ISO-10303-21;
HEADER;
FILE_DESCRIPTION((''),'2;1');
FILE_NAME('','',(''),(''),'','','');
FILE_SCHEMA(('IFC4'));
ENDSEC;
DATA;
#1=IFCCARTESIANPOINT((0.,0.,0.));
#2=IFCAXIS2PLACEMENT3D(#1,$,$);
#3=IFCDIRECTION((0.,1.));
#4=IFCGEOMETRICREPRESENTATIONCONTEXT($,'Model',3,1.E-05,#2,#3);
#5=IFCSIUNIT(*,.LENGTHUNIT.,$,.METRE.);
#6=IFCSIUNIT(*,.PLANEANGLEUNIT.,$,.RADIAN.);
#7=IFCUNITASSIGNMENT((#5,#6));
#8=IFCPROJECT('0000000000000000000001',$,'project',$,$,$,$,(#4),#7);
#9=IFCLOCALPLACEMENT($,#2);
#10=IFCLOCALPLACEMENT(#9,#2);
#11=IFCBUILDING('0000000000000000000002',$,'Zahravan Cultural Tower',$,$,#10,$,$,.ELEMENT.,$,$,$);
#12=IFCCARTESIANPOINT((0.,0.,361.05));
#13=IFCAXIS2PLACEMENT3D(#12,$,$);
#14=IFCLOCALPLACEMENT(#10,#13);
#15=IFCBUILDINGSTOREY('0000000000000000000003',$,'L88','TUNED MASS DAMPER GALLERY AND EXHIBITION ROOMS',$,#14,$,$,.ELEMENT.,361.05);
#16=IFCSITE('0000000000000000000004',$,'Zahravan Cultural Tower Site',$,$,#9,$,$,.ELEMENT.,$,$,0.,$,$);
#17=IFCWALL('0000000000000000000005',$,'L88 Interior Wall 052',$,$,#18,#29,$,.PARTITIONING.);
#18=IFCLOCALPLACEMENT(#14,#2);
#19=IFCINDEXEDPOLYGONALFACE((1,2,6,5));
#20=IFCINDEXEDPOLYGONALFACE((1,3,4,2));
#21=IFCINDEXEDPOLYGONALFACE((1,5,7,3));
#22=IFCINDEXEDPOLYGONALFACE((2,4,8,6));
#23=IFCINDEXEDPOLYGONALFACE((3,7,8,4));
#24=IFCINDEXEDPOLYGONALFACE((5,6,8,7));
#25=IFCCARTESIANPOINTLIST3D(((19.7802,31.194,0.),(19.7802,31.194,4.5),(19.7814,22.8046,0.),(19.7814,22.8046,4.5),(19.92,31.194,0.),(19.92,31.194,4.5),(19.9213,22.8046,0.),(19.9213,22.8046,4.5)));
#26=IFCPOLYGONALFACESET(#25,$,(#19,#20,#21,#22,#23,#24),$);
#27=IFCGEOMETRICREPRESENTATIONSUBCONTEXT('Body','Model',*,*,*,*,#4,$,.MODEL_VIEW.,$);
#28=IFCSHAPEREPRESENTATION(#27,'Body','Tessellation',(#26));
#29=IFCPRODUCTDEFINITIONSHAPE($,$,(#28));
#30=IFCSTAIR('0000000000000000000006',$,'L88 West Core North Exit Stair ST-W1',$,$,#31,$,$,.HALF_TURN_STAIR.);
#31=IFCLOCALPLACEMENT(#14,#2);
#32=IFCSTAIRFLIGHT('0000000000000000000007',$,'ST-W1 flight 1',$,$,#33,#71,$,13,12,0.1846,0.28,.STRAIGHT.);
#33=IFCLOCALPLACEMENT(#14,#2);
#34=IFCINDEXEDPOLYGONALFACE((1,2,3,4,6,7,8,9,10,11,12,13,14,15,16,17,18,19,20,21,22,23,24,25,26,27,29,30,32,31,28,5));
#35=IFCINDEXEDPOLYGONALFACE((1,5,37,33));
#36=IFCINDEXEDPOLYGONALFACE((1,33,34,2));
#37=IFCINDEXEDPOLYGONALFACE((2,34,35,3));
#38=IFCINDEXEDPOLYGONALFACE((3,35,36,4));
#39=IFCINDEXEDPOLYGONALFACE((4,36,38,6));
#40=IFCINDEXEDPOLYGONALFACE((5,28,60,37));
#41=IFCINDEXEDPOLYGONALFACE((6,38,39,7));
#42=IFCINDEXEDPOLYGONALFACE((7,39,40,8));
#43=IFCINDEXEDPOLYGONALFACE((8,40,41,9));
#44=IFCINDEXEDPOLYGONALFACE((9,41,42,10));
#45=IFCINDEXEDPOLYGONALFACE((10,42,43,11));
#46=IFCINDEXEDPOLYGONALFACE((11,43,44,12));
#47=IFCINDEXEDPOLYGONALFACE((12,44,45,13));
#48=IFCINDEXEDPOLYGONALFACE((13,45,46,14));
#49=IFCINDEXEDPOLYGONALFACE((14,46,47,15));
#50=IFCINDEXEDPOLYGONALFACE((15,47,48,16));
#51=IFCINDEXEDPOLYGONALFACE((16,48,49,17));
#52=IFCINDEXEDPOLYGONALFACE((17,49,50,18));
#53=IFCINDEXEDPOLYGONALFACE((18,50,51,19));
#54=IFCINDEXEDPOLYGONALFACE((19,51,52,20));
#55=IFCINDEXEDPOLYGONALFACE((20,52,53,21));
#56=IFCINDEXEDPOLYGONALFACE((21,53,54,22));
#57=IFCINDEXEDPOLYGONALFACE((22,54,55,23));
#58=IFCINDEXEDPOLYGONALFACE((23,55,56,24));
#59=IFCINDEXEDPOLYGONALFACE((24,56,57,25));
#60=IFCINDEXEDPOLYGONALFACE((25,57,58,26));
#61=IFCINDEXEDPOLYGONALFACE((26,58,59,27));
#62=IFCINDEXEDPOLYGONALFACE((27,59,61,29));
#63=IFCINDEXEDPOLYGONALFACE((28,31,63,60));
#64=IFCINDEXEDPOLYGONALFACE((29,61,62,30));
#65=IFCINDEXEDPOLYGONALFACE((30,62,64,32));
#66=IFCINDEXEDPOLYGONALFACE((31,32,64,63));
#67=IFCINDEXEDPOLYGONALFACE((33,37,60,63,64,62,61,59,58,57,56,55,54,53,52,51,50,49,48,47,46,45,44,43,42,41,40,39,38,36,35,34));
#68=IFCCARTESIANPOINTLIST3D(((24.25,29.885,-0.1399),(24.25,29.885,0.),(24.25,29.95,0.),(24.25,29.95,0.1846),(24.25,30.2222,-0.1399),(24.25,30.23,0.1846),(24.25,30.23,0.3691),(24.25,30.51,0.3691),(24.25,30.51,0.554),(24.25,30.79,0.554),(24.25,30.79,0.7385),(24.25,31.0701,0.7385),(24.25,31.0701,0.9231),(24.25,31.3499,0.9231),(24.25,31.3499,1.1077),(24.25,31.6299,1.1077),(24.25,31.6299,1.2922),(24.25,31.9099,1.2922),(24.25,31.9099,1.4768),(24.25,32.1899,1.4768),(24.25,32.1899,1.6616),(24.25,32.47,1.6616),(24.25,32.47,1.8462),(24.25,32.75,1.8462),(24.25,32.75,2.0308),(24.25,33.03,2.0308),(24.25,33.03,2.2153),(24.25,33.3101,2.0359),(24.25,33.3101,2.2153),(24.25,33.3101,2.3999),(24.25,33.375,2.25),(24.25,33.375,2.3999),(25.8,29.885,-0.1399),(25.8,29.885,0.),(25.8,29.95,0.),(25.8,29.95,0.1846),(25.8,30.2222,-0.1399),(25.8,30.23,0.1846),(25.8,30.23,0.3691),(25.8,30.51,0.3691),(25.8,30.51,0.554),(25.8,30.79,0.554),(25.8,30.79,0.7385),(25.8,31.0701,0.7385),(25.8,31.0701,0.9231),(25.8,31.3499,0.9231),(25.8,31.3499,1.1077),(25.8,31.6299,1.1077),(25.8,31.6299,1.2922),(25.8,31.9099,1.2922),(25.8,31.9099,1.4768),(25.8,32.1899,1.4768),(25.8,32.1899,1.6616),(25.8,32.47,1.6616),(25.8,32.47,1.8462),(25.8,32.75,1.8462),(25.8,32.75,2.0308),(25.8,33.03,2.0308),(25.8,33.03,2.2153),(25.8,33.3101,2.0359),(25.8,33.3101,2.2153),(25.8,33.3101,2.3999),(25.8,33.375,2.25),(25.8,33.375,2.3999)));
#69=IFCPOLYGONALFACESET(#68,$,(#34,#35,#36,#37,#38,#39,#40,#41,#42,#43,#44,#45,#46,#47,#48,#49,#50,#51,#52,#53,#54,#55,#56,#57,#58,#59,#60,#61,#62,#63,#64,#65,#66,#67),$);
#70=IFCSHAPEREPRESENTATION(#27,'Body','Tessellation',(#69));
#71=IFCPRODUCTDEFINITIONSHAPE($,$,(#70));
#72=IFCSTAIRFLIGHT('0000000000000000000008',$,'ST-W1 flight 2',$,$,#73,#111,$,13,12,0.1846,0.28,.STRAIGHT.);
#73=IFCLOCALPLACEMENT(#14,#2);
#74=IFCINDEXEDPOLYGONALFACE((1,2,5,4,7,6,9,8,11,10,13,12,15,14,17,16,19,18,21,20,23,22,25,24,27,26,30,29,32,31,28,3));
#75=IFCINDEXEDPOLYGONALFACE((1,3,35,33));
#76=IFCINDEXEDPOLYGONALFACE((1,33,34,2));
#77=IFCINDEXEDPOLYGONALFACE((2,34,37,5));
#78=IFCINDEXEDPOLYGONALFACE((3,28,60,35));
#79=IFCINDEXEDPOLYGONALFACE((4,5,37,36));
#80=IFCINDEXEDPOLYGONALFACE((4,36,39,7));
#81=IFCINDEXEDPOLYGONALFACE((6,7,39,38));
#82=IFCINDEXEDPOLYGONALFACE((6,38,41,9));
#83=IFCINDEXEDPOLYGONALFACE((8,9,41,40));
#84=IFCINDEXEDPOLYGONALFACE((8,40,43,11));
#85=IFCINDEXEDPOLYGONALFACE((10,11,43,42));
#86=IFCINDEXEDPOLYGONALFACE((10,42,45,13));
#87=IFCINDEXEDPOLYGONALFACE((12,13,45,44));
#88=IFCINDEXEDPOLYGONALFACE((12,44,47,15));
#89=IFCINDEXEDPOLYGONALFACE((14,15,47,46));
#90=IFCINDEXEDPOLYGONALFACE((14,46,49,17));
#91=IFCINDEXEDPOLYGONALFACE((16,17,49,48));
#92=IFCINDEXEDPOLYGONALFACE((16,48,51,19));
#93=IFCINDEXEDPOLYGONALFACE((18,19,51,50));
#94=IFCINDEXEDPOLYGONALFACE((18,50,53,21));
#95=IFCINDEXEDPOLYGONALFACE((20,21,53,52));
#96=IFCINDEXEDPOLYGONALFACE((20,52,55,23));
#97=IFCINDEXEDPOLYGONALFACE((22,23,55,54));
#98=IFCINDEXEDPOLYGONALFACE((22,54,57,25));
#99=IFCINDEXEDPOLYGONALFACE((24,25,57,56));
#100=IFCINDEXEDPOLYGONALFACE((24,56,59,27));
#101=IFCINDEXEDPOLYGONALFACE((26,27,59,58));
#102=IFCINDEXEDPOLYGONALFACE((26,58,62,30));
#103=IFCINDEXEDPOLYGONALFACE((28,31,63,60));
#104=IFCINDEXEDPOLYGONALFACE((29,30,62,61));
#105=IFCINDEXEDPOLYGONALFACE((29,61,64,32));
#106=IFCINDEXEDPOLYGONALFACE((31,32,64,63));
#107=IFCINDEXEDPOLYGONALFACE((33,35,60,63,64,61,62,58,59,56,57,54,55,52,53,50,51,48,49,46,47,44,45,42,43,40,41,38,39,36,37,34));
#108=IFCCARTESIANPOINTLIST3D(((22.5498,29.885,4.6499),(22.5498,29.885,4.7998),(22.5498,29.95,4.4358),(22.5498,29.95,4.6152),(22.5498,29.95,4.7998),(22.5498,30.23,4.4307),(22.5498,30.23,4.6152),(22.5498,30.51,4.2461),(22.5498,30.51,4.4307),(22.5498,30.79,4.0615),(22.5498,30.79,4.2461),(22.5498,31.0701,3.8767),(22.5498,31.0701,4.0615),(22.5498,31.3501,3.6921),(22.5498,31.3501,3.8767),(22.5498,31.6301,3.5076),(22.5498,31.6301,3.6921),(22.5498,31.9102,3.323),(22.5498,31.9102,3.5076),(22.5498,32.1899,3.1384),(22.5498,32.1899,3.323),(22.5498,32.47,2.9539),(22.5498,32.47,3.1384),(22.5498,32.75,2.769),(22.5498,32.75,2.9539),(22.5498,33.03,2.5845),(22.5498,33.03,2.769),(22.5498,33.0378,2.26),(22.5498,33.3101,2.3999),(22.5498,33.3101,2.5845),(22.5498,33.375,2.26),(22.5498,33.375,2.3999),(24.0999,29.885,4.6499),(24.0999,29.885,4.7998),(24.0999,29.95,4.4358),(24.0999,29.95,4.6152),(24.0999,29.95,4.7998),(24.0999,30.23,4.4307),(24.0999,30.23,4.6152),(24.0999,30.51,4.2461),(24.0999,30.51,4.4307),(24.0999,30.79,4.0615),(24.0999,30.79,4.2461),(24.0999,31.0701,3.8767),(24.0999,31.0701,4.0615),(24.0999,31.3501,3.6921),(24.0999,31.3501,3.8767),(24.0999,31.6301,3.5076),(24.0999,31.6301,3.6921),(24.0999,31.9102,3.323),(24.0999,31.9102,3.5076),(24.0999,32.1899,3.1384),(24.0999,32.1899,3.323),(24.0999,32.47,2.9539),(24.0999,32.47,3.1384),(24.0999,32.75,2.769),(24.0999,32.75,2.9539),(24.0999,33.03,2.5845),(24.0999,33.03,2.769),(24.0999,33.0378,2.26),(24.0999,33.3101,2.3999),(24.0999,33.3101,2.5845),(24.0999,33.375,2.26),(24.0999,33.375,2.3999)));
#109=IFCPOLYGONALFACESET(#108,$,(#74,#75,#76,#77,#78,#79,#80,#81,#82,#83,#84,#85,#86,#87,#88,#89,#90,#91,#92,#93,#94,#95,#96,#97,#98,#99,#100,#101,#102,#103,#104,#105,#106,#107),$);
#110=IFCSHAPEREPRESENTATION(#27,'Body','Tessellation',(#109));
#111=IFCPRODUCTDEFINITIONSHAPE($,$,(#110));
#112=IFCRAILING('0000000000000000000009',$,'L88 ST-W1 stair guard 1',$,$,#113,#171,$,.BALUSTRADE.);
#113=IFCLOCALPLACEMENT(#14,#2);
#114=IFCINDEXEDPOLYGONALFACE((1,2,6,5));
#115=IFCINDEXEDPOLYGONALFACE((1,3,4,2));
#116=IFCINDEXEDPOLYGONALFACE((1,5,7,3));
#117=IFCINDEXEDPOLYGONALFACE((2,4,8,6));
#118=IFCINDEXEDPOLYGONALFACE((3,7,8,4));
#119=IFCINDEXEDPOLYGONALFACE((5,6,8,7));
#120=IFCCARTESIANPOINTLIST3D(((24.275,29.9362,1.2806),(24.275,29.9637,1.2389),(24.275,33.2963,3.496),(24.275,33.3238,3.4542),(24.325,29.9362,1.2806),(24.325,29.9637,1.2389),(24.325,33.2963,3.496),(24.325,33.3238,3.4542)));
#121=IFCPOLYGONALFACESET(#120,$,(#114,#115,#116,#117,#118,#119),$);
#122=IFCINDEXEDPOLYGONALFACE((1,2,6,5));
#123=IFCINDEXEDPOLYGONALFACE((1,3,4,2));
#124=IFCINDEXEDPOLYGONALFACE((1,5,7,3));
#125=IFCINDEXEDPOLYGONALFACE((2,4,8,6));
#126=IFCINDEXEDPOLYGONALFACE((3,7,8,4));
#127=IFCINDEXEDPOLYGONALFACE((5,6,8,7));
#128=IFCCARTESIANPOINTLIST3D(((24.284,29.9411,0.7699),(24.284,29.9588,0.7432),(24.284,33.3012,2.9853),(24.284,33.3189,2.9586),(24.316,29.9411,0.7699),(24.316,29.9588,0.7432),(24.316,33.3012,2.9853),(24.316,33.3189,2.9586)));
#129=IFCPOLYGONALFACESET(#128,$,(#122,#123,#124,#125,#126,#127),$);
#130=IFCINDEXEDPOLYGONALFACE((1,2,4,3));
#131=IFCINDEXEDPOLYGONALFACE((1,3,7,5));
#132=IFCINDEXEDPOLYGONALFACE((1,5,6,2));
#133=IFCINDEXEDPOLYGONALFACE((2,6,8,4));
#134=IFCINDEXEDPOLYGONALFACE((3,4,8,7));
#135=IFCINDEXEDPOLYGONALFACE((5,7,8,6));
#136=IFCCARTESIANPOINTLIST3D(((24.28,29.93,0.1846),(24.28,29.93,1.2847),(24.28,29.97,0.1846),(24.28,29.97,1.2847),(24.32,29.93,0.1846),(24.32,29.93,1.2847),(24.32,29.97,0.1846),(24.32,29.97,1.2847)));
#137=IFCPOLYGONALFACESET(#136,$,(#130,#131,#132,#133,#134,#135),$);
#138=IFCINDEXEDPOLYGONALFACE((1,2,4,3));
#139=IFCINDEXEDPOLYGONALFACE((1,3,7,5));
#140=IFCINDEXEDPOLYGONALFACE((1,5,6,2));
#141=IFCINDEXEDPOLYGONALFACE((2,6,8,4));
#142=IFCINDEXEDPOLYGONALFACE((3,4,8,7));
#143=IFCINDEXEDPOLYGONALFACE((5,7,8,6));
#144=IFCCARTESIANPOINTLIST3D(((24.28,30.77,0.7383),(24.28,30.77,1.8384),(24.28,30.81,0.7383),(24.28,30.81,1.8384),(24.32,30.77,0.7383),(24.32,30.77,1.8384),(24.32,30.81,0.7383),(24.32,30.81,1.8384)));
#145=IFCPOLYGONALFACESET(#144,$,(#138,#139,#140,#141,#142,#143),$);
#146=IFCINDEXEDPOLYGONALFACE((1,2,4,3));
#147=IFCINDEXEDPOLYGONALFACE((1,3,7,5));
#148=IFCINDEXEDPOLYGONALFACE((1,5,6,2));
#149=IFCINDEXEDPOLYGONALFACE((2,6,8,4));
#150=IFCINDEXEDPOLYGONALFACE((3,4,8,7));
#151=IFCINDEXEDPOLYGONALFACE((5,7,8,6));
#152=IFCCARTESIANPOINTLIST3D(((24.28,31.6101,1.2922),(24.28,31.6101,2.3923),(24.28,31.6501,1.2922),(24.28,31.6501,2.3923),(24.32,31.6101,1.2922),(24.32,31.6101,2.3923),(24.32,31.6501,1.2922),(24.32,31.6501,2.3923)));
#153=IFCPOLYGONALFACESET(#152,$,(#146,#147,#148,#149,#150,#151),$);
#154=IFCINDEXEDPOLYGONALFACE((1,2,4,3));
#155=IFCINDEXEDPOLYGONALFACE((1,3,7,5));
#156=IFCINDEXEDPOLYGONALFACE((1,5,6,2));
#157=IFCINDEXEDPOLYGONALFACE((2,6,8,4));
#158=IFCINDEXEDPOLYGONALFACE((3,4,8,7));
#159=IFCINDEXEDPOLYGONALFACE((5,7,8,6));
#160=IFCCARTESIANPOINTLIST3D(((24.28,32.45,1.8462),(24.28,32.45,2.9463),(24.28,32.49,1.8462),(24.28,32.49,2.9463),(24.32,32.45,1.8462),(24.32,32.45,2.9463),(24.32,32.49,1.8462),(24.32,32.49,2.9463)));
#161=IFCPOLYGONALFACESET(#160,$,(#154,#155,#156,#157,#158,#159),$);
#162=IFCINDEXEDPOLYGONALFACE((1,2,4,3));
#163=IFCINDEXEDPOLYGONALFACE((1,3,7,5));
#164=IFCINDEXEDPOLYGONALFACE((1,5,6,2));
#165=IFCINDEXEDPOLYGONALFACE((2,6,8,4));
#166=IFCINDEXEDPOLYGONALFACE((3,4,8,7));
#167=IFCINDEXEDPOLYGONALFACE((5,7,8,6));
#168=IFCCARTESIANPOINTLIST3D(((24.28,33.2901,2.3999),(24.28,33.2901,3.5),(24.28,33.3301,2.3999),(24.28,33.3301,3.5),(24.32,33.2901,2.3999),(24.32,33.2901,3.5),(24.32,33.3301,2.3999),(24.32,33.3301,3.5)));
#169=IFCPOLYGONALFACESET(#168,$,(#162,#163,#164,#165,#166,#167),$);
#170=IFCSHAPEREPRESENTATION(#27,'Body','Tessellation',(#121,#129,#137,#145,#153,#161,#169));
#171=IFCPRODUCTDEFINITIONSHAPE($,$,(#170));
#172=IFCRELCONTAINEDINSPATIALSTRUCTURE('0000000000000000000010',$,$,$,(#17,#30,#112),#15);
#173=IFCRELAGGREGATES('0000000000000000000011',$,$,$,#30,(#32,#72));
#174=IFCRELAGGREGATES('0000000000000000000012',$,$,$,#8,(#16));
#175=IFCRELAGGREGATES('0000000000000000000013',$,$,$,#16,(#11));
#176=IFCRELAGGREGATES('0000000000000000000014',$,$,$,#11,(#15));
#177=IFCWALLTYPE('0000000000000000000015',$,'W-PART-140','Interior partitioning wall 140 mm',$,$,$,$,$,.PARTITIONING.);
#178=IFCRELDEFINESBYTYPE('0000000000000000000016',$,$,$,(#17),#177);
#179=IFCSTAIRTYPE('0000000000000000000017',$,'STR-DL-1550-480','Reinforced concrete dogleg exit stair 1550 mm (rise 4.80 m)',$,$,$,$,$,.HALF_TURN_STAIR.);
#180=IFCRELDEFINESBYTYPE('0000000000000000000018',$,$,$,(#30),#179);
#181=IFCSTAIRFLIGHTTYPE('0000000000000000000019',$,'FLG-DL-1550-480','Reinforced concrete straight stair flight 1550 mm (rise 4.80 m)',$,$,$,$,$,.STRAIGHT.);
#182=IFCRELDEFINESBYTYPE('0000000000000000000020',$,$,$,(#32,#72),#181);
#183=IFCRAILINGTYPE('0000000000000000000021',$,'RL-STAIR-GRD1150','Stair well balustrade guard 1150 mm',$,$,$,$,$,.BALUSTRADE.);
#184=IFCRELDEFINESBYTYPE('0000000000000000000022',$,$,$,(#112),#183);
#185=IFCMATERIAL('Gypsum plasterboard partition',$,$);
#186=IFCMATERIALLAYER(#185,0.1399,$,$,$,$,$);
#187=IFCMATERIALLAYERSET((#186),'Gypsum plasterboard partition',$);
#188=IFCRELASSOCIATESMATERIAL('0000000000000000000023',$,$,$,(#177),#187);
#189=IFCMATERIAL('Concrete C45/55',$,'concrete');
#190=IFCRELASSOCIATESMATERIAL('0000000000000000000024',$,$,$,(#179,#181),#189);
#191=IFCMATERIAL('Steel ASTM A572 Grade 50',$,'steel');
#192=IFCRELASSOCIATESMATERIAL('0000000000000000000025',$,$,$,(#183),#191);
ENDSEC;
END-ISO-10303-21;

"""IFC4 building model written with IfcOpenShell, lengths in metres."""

from ifc_helpers import new_model, si_unit, direction, frame, frame_2d, origin, origin_2d, place, context, subcontext, project, spatial, polyline, rectangle, outline, extrude, source, transform, mapped, material, layer, layer_set, type_object, element, aggregate, save


model = new_model("IFC4")

# Units and contexts
model_context = context("Model", 3, precision=1e-05, world=origin(), true_north=direction((0.0, 1.0)))
body_context = subcontext(model_context, "Body", "Model", "MODEL_VIEW")
ifc_project = project(units=[si_unit("LENGTHUNIT", "METRE"), si_unit("PLANEANGLEUNIT", "RADIAN")], contexts=[model_context])

# Site, building, storey
site_placement = place(None, origin())
site = spatial("IfcSite", under=ifc_project, at=site_placement, Name="Zahravan Cultural Tower Site", CompositionType="ELEMENT", RefElevation=0.0)
building_placement = place(site_placement, origin())
building = spatial("IfcBuilding", under=site, at=building_placement, Name="Zahravan Cultural Tower", CompositionType="ELEMENT")
storey_placement = place(building_placement, frame((0.0, 0.0, 361.05)))
storey = spatial("IfcBuildingStorey", under=building, at=storey_placement, Name="L88", Description="TUNED MASS DAMPER GALLERY AND EXHIBITION ROOMS", CompositionType="ELEMENT", Elevation=361.05)

# Shared definitions
ifc_material_1 = material(Name="Concrete C45/55", Category="concrete")
ifc_material_2 = material(Name="Steel ASTM A572 Grade 50", Category="steel")

# Wall
ifc_material_3 = material(Name="Gypsum plasterboard partition")
ifc_layer_1 = layer(ifc_material_3, 0.1399)
ifc_layer_set_1 = layer_set([ifc_layer_1], Name="Gypsum plasterboard partition")
wall_type_1 = type_object("IfcWallType", Name="W-PART-140", Description="Interior partitioning wall 140 mm", PredefinedType="PARTITIONING", material=ifc_layer_set_1)
shared_shape_1 = source(origin(), body_context, "Body", "SweptSolid", [
    extrude(rectangle(XDim=8.3894, YDim=0.1399, at=frame_2d((4.1948, 0.0))), origin(), (0.0, 0.0, 1.0), 4.5),
])
wall_1_placement = place(storey_placement, frame((19.8501, 31.1941, 0.0), z_axis=(0.0, 0.0, 1.0), x_axis=(0.000146, -1.0, 0.0)))
element("IfcWall", 1, at=wall_1_placement, inside=storey, type_object=wall_type_1, Name="L88 Interior Wall 052", PredefinedType="PARTITIONING", context=body_context, shape_type="MappedRepresentation", body=[
    mapped(shared_shape_1, transform((0.0, 0.0, 0.0), x_axis=(1.0, 0.0, 0.0), y_axis=(0.0, 1.0, 0.0), z_axis=(0.0, 0.0, 1.0), scale=1.0)),
])

# Stair, stair flights
stair_type = type_object("IfcStairType", Name="STR-DL-1550-480", Description="Reinforced concrete dogleg exit stair 1550 mm (rise 4.80 m)", PredefinedType="HALF_TURN_STAIR", material=ifc_material_1)
stair_placement = place(storey_placement, origin())
stair = element("IfcStair", 2, at=stair_placement, inside=storey, type_object=stair_type, Name="L88 West Core North Exit Stair ST-W1", PredefinedType="HALF_TURN_STAIR")
stair_flight_type = type_object("IfcStairFlightType", Name="FLG-DL-1550-480", Description="Reinforced concrete straight stair flight 1550 mm (rise 4.80 m)", PredefinedType="STRAIGHT", material=ifc_material_1)
stair_flight_1_placement = place(storey_placement, frame((25.0249, 29.95, 0.0), z_axis=(0.0, 0.0, 1.0), x_axis=(0.0, 1.0, 0.0)))
stair_flight_1 = element("IfcStairFlight", 3, at=stair_flight_1_placement, type_object=stair_flight_type, Name="ST-W1 flight 1", NumberOfRisers=13, NumberOfTreads=12, PredefinedType="STRAIGHT", RiserHeight=0.1846, TreadLength=0.28, context=body_context, shape_type="SweptSolid", body=[
    extrude(outline(polyline([(-0.0649, -0.1399), (-0.0649, 0.0), (0.0, 0.0), (0.0, 0.1846), (0.28, 0.1846), (0.28, 0.3691), (0.5601, 0.3691), (0.5601, 0.554), (0.8401, 0.554), (0.8401, 0.7385), (1.1201, 0.7385), (1.1201, 0.9231), (1.3999, 0.9231), (1.3999, 1.1077), (1.6799, 1.1077), (1.6799, 1.2922), (1.96, 1.2922), (1.96, 1.4768), (2.24, 1.4768), (2.24, 1.6616), (2.52, 1.6616), (2.52, 1.8462), (2.8, 1.8462), (2.8, 2.0308), (3.0801, 2.0308), (3.0801, 2.2153), (3.3601, 2.2153), (3.3601, 2.3999), (3.425, 2.3999), (3.425, 2.25), (3.3601, 2.0359), (0.2722, -0.1399), (-0.0649, -0.1399)])), frame((0.0, 0.7749, 0.0), z_axis=(0.0, -1.0, 0.0), x_axis=(1.0, 0.0, 0.0)), (0.0, 0.0, 1.0), 1.55),
])
stair_flight_2_placement = place(storey_placement, frame((23.325, 33.3101, 2.3999), z_axis=(0.0, 0.0, 1.0), x_axis=(0.0, -1.0, 0.0)))
stair_flight_2 = element("IfcStairFlight", 4, at=stair_flight_2_placement, type_object=stair_flight_type, Name="ST-W1 flight 2", NumberOfRisers=13, NumberOfTreads=12, PredefinedType="STRAIGHT", RiserHeight=0.1846, TreadLength=0.28, context=body_context, shape_type="SweptSolid", body=[
    extrude(outline(polyline([(-0.0649, -0.1399), (-0.0649, 0.0), (0.0, 0.0), (0.0, 0.1846), (0.28, 0.1846), (0.28, 0.3691), (0.5601, 0.3691), (0.5601, 0.554), (0.8401, 0.554), (0.8401, 0.7385), (1.1201, 0.7385), (1.1201, 0.9231), (1.3999, 0.9231), (1.3999, 1.1077), (1.6799, 1.1077), (1.6799, 1.2922), (1.96, 1.2922), (1.96, 1.4768), (2.24, 1.4768), (2.24, 1.6616), (2.52, 1.6616), (2.52, 1.8462), (2.8, 1.8462), (2.8, 2.0308), (3.0801, 2.0308), (3.0801, 2.2153), (3.3601, 2.2153), (3.3601, 2.3999), (3.425, 2.3999), (3.425, 2.25), (3.3601, 2.0359), (0.2722, -0.1399), (-0.0649, -0.1399)])), frame((0.0, 0.7749, 0.0), z_axis=(0.0, -1.0, 0.0), x_axis=(1.0, 0.0, 0.0)), (0.0, 0.0, 1.0), 1.55),
])
aggregate(stair, [stair_flight_1, stair_flight_2])

# Railing
railing_type_1 = type_object("IfcRailingType", Name="RL-STAIR-GRD1150", Description="Stair well balustrade guard 1150 mm", PredefinedType="BALUSTRADE", material=ifc_material_2)
railing_1_placement = place(storey_placement, frame((24.3, 29.95, 0.1846)))
element("IfcRailing", 5, at=railing_1_placement, inside=storey, type_object=railing_type_1, Name="L88 ST-W1 stair guard 1", PredefinedType="BALUSTRADE", context=body_context, shape_type="SweptSolid", body=[
    extrude(rectangle(XDim=0.05, YDim=0.05, at=origin_2d()), frame((0.0, 0.0, 1.0752), z_axis=(0.0, 0.834876, 0.550437), x_axis=(-1.0, 0.0, 0.0)), (0.0, 0.0, 1.0), 4.0247),
    extrude(rectangle(XDim=0.032, YDim=0.032, at=origin_2d()), frame((0.0, 0.0, 0.572), z_axis=(0.0, 0.834876, 0.550437), x_axis=(-1.0, 0.0, 0.0)), (0.0, 0.0, 1.0), 4.0247),
    extrude(rectangle(XDim=0.04, YDim=0.04, at=origin_2d()), origin(), (0.0, 0.0, 1.0), 1.1001),
    extrude(rectangle(XDim=0.04, YDim=0.04, at=origin_2d()), frame((0.0, 0.8401, 0.5537)), (0.0, 0.0, 1.0), 1.1001),
    extrude(rectangle(XDim=0.04, YDim=0.04, at=origin_2d()), frame((0.0, 1.6802, 1.1077)), (0.0, 0.0, 1.0), 1.1001),
    extrude(rectangle(XDim=0.04, YDim=0.04, at=origin_2d()), frame((0.0, 2.52, 1.6616)), (0.0, 0.0, 1.0), 1.1001),
    extrude(rectangle(XDim=0.04, YDim=0.04, at=origin_2d()), frame((0.0, 3.3601, 2.2153)), (0.0, 0.0, 1.0), 1.1001),
])

save(model, "model.ifc")
